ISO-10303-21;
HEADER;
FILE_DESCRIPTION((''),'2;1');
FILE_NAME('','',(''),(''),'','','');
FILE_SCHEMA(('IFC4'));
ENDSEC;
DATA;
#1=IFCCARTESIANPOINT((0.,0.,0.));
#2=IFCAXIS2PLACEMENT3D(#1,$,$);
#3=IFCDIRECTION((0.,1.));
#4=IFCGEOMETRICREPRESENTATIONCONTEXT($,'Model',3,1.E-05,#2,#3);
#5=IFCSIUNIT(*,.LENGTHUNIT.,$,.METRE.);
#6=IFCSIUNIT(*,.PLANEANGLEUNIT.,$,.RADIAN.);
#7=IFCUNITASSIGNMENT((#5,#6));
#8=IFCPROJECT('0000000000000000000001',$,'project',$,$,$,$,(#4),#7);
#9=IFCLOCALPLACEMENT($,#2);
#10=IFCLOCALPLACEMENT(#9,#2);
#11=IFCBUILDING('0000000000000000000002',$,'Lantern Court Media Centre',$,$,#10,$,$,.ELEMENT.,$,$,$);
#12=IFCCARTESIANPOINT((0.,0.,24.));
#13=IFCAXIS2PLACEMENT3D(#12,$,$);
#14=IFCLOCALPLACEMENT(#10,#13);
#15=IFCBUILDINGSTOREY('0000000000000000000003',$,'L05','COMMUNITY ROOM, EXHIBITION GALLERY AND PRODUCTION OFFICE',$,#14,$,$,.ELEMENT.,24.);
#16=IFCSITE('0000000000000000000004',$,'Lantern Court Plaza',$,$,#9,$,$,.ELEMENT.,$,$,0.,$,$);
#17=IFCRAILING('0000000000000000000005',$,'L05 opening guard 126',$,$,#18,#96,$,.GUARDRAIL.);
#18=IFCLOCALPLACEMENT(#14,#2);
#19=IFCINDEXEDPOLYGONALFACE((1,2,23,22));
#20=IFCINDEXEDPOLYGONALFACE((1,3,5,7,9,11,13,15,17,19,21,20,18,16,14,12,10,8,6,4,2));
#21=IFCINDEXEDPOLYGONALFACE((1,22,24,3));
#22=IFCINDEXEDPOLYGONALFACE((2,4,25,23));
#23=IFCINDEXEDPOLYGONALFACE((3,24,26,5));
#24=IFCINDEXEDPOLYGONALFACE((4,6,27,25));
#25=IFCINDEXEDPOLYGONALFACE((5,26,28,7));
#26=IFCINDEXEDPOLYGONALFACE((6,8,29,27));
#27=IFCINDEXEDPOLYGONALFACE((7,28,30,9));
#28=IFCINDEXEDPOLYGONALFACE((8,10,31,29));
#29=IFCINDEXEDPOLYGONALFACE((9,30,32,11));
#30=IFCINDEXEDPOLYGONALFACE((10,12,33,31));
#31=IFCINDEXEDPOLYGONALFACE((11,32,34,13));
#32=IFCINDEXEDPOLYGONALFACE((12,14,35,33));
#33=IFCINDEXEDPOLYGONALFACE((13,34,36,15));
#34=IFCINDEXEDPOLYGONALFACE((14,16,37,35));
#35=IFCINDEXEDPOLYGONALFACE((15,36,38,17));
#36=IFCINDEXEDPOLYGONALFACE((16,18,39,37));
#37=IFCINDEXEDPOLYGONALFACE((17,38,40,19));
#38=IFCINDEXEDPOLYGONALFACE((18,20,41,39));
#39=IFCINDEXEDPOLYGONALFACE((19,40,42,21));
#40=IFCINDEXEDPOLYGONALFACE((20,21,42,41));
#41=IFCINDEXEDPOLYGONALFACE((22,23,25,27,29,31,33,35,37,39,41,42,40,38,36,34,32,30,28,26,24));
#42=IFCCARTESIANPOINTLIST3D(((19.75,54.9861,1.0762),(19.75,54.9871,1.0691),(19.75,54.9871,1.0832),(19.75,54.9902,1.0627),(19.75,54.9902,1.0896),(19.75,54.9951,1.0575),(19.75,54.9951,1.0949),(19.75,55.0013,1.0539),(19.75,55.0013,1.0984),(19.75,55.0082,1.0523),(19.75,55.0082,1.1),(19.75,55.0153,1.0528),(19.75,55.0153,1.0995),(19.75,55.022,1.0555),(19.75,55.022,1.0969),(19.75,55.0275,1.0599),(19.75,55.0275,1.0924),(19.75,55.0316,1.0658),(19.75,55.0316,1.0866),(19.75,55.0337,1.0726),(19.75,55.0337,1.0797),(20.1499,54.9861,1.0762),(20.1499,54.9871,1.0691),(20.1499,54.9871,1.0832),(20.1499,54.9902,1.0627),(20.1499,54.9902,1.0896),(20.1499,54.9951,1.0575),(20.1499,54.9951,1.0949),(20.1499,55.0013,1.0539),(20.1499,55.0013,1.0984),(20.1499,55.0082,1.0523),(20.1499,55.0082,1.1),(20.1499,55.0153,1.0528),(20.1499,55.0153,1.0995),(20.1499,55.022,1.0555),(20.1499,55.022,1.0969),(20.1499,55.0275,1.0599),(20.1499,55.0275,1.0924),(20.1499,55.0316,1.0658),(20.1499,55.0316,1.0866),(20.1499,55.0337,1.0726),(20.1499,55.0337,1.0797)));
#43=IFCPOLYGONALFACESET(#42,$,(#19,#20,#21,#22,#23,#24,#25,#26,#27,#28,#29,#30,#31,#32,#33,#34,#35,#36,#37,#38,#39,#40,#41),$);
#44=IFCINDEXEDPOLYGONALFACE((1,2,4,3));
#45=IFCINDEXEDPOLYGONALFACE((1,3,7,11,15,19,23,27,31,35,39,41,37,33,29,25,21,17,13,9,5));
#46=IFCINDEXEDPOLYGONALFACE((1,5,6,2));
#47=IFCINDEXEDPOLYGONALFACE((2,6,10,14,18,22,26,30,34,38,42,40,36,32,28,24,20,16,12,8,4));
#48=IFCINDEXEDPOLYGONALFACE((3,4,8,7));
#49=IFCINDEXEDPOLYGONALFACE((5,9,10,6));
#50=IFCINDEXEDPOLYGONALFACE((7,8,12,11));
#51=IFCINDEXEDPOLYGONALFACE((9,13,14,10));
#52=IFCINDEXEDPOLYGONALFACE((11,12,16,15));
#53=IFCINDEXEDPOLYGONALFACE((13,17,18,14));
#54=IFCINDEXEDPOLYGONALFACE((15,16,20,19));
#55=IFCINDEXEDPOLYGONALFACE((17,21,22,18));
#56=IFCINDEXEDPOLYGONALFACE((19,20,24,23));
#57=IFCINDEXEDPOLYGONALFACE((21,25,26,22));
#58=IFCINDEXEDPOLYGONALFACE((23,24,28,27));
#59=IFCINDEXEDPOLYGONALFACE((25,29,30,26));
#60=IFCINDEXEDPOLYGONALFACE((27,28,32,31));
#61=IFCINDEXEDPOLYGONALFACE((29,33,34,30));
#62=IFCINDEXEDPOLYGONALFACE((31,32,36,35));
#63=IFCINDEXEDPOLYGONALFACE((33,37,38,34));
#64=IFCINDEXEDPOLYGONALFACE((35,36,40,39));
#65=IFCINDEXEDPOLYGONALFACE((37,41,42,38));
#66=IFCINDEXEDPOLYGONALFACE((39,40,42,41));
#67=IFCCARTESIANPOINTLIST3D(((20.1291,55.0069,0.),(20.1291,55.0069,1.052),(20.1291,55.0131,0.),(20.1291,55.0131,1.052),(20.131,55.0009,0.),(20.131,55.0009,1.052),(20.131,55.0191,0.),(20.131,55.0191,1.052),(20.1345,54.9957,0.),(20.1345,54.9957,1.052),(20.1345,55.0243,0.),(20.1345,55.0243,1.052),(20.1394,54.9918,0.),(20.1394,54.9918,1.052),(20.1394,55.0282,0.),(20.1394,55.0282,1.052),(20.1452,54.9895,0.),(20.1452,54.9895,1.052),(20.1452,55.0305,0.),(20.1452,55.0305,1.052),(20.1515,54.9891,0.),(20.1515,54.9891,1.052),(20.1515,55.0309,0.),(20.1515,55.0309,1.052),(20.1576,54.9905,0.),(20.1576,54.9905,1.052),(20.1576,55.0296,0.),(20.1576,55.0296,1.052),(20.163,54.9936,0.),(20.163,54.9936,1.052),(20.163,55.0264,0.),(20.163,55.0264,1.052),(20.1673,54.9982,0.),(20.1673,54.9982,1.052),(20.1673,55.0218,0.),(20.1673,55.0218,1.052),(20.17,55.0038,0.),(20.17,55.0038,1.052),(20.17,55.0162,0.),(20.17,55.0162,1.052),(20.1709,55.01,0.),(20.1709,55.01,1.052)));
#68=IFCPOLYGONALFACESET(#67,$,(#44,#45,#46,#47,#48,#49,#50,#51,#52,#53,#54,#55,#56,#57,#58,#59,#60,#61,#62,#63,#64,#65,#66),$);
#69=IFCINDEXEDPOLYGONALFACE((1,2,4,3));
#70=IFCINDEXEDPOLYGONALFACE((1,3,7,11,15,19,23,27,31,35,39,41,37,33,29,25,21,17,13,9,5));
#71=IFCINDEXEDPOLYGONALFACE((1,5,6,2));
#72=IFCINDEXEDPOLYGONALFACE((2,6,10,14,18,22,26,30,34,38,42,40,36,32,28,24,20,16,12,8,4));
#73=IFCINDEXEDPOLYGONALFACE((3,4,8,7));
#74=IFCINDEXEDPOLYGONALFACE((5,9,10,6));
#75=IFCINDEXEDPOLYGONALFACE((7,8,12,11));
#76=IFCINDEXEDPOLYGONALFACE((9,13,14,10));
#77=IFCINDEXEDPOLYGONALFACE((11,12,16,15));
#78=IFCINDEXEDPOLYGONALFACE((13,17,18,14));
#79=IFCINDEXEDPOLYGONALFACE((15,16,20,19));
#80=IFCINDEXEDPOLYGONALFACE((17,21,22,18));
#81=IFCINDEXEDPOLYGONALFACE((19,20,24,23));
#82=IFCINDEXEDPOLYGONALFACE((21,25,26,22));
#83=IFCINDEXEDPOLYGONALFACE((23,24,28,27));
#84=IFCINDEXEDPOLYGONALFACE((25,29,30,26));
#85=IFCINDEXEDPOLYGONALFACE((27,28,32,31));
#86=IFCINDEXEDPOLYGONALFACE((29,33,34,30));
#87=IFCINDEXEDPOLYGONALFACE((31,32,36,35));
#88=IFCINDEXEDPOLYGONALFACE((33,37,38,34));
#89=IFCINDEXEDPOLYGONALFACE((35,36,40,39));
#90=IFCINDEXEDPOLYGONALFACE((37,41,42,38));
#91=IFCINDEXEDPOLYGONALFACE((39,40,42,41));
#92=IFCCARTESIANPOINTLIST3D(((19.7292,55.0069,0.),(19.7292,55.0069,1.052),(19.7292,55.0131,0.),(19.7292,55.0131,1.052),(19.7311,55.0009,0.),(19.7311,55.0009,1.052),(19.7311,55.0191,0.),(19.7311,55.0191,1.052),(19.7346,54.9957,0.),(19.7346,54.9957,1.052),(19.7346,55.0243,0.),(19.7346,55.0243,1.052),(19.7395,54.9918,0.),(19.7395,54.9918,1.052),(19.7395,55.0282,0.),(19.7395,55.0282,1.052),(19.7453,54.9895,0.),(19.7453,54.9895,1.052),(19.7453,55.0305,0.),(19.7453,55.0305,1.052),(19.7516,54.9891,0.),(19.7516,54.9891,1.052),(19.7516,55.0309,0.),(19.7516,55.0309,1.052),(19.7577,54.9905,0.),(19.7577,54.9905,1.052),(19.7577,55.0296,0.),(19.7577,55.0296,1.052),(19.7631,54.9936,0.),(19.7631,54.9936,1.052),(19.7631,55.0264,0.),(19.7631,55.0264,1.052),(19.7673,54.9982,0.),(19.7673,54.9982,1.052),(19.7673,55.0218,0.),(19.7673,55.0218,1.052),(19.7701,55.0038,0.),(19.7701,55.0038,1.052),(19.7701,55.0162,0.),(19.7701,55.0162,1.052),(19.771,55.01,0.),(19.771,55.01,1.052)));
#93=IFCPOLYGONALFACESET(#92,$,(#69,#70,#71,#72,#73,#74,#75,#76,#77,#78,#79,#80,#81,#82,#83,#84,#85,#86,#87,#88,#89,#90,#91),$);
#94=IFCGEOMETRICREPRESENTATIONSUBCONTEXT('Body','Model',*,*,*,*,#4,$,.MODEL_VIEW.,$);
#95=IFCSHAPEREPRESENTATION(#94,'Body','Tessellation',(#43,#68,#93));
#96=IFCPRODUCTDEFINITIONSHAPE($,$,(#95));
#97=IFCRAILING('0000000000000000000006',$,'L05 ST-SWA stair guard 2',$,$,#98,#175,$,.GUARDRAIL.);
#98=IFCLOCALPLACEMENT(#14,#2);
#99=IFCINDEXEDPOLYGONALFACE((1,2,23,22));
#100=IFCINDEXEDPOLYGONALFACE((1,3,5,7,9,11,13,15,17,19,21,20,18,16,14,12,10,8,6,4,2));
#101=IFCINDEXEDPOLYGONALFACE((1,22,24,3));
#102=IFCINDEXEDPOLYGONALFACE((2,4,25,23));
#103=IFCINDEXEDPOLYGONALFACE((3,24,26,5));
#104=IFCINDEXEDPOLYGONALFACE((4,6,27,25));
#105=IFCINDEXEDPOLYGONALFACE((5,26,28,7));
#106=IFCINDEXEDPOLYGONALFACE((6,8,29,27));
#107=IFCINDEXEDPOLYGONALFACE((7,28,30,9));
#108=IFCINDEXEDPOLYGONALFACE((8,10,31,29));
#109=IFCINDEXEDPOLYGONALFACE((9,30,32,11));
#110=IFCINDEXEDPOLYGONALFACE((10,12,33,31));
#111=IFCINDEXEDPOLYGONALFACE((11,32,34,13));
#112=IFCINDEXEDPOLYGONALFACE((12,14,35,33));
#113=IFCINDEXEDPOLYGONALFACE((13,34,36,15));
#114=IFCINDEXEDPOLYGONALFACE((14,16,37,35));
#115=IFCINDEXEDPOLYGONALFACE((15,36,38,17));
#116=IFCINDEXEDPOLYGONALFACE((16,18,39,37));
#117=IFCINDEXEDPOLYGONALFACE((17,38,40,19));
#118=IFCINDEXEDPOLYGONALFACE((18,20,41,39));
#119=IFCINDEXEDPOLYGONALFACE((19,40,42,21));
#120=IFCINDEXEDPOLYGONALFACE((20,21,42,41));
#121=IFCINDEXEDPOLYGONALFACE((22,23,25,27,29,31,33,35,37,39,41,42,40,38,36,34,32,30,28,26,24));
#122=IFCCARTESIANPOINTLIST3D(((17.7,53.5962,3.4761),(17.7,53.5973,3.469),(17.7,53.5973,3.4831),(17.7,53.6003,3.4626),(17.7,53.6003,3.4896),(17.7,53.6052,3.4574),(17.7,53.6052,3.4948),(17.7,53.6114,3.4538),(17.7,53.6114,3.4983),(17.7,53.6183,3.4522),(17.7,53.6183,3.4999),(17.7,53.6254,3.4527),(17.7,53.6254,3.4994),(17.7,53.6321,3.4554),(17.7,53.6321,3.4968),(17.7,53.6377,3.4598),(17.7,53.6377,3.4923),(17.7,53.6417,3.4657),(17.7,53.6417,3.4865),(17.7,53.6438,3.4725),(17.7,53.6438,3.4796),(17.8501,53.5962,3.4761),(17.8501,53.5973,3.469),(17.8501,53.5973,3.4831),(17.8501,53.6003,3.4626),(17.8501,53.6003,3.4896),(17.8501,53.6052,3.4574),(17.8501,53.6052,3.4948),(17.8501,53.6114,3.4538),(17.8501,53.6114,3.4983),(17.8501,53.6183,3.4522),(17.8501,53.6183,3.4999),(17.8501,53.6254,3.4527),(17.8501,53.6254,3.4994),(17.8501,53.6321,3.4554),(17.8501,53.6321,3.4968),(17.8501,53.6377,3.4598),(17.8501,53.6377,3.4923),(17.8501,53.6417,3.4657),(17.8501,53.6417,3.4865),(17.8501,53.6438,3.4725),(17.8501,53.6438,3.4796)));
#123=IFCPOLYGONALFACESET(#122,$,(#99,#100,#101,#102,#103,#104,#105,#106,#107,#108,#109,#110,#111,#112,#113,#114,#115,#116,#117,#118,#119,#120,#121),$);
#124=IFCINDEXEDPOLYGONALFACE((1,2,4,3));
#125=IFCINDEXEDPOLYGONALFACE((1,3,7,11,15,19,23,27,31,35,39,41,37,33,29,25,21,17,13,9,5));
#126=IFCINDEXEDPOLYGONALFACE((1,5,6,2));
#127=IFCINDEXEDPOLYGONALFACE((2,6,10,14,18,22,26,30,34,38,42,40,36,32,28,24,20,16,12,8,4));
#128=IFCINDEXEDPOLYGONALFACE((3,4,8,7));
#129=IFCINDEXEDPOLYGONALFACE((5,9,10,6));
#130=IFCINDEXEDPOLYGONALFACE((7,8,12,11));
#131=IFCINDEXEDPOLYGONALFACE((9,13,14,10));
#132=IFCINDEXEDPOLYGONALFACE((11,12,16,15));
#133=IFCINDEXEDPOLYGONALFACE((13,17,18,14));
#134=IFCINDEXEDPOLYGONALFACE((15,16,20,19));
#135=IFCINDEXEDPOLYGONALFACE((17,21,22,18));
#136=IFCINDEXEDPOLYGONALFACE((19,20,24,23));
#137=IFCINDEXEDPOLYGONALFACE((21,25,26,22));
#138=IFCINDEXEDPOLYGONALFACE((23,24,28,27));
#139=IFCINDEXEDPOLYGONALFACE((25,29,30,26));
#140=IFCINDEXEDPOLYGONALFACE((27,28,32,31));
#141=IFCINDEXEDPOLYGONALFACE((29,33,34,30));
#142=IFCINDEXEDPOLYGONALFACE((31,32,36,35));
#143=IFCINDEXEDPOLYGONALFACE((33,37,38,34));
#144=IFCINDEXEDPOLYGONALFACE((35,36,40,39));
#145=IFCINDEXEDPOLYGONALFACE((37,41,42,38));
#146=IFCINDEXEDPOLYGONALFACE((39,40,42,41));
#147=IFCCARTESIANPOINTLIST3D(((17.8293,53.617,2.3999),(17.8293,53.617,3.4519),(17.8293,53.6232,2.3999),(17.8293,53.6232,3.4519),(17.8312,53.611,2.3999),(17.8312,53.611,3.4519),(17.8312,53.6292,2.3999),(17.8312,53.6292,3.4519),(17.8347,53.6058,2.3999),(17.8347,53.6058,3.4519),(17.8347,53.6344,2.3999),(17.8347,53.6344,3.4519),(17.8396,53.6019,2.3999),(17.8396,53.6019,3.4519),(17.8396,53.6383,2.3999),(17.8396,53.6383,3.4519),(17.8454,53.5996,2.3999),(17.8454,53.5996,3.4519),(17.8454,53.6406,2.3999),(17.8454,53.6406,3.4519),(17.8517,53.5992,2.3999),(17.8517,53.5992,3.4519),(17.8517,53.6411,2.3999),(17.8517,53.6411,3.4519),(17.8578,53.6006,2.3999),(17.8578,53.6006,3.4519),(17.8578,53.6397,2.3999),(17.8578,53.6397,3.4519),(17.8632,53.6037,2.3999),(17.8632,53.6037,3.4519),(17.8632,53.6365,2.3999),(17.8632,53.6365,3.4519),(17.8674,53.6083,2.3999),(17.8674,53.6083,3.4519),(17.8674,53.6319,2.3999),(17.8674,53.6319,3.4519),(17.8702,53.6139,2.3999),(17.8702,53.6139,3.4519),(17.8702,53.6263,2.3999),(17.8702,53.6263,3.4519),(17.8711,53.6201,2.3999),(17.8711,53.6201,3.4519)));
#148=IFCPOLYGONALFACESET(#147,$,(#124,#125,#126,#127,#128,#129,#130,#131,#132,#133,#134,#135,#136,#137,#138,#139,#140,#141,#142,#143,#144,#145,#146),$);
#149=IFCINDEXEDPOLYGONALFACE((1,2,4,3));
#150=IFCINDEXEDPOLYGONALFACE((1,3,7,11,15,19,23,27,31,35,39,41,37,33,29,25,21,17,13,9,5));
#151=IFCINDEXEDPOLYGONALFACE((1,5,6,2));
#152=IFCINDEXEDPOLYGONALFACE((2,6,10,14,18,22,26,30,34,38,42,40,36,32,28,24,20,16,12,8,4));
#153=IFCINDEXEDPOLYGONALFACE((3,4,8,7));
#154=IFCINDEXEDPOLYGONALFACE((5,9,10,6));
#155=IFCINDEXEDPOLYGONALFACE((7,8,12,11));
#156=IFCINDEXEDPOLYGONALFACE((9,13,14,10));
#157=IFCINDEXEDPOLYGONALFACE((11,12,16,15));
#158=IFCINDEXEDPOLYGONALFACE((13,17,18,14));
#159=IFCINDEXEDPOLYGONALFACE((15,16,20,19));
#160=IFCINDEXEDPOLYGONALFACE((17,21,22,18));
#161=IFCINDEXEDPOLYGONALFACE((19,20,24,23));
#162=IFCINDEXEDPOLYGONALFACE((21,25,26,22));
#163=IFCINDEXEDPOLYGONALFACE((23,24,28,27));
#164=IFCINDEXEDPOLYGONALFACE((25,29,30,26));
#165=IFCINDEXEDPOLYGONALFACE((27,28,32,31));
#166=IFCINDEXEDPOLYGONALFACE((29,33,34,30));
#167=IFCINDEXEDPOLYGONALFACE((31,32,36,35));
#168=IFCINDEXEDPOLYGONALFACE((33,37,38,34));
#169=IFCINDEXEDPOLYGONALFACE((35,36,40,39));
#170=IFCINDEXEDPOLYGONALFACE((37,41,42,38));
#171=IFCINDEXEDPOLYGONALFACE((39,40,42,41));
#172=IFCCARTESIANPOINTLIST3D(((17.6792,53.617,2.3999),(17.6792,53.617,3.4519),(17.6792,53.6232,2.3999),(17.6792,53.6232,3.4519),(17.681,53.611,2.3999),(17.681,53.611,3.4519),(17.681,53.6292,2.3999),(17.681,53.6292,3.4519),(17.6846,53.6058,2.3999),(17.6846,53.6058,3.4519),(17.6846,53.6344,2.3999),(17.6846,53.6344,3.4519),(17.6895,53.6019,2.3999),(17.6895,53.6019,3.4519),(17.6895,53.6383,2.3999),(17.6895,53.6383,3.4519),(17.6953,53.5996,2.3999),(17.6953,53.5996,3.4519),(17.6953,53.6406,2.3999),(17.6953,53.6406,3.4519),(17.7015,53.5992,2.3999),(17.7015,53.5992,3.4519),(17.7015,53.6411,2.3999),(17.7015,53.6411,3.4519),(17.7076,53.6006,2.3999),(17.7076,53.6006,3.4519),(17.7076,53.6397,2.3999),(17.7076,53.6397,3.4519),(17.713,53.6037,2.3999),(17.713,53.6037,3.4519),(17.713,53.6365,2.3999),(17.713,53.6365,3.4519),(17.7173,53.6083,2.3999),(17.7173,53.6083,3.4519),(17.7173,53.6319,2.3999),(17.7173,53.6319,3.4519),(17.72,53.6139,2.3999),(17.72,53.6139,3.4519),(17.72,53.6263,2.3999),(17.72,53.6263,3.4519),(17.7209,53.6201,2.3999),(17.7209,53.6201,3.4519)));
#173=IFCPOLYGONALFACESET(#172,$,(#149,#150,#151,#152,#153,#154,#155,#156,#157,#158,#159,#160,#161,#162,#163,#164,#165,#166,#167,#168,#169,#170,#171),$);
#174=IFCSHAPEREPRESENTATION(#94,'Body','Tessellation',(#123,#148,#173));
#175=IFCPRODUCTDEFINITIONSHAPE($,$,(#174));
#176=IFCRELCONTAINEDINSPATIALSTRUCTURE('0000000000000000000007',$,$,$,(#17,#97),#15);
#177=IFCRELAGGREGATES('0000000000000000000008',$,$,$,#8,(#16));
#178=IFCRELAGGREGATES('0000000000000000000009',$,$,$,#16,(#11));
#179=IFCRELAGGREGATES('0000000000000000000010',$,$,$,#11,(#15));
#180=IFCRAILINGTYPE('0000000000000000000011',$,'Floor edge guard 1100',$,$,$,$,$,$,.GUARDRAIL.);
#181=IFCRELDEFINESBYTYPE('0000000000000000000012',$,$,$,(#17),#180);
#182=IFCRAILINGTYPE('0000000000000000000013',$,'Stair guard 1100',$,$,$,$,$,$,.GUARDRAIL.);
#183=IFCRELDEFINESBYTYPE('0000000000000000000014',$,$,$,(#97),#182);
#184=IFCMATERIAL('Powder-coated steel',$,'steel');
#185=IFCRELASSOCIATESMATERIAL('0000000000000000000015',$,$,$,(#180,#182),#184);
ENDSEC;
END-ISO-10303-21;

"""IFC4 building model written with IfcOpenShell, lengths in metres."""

from ifc_helpers import new_model, si_unit, direction, frame, origin, origin_2d, place, context, subcontext, project, spatial, circle, extrude, material, type_object, element, save


model = new_model("IFC4")

# Units and contexts
model_context = context("Model", 3, precision=1e-05, world=origin(), true_north=direction((0.0, 1.0)))
body_context = subcontext(model_context, "Body", "Model", "MODEL_VIEW")
ifc_project = project(units=[si_unit("LENGTHUNIT", "METRE"), si_unit("PLANEANGLEUNIT", "RADIAN")], contexts=[model_context])

# Site, building, storey
site_placement = place(None, origin())
site = spatial("IfcSite", under=ifc_project, at=site_placement, Name="Lantern Court Plaza", CompositionType="ELEMENT", RefElevation=0.0)
building_placement = place(site_placement, origin())
building = spatial("IfcBuilding", under=site, at=building_placement, Name="Lantern Court Media Centre", CompositionType="ELEMENT")
storey_placement = place(building_placement, frame((0.0, 0.0, 24.0)))
storey = spatial("IfcBuildingStorey", under=building, at=storey_placement, Name="L05", Description="COMMUNITY ROOM, EXHIBITION GALLERY AND PRODUCTION OFFICE", CompositionType="ELEMENT", Elevation=24.0)

# Railings
ifc_material_1 = material(Name="Powder-coated steel", Category="steel")
railing_type_1 = type_object("IfcRailingType", Name="Floor edge guard 1100", PredefinedType="GUARDRAIL", material=ifc_material_1)
railing_1_placement = place(storey_placement, frame((20.1499, 55.01, 0.0)))
element("IfcRailing", 1, at=railing_1_placement, inside=storey, type_object=railing_type_1, Name="L05 opening guard 126", PredefinedType="GUARDRAIL", context=body_context, shape_type="SweptSolid", body=[
    extrude(circle(Radius=0.0239, at=origin_2d()), frame((0.0, 0.0, 1.0762), z_axis=(-1.0, 0.0, 0.0), x_axis=(0.0, -1.0, 0.0)), (0.0, 0.0, 1.0), 0.3999),
    extrude(circle(Radius=0.021, at=origin_2d()), origin(), (0.0, 0.0, 1.0), 1.052),
    extrude(circle(Radius=0.021, at=origin_2d()), frame((-0.3999, 0.0, 0.0)), (0.0, 0.0, 1.0), 1.052),
])
railing_type_2 = type_object("IfcRailingType", Name="Stair guard 1100", PredefinedType="GUARDRAIL", material=ifc_material_1)
railing_2_placement = place(storey_placement, frame((17.8501, 53.6201, 2.3999)))
element("IfcRailing", 2, at=railing_2_placement, inside=storey, type_object=railing_type_2, Name="L05 ST-SWA stair guard 2", PredefinedType="GUARDRAIL", context=body_context, shape_type="SweptSolid", body=[
    extrude(circle(Radius=0.0239, at=origin_2d()), frame((0.0, 0.0, 1.0762), z_axis=(-1.0, 0.0, 0.0), x_axis=(0.0, -1.0, 0.0)), (0.0, 0.0, 1.0), 0.1501),
    extrude(circle(Radius=0.021, at=origin_2d()), origin(), (0.0, 0.0, 1.0), 1.052),
    extrude(circle(Radius=0.021, at=origin_2d()), frame((-0.1501, 0.0, 0.0)), (0.0, 0.0, 1.0), 1.052),
])

save(model, "model.ifc")
